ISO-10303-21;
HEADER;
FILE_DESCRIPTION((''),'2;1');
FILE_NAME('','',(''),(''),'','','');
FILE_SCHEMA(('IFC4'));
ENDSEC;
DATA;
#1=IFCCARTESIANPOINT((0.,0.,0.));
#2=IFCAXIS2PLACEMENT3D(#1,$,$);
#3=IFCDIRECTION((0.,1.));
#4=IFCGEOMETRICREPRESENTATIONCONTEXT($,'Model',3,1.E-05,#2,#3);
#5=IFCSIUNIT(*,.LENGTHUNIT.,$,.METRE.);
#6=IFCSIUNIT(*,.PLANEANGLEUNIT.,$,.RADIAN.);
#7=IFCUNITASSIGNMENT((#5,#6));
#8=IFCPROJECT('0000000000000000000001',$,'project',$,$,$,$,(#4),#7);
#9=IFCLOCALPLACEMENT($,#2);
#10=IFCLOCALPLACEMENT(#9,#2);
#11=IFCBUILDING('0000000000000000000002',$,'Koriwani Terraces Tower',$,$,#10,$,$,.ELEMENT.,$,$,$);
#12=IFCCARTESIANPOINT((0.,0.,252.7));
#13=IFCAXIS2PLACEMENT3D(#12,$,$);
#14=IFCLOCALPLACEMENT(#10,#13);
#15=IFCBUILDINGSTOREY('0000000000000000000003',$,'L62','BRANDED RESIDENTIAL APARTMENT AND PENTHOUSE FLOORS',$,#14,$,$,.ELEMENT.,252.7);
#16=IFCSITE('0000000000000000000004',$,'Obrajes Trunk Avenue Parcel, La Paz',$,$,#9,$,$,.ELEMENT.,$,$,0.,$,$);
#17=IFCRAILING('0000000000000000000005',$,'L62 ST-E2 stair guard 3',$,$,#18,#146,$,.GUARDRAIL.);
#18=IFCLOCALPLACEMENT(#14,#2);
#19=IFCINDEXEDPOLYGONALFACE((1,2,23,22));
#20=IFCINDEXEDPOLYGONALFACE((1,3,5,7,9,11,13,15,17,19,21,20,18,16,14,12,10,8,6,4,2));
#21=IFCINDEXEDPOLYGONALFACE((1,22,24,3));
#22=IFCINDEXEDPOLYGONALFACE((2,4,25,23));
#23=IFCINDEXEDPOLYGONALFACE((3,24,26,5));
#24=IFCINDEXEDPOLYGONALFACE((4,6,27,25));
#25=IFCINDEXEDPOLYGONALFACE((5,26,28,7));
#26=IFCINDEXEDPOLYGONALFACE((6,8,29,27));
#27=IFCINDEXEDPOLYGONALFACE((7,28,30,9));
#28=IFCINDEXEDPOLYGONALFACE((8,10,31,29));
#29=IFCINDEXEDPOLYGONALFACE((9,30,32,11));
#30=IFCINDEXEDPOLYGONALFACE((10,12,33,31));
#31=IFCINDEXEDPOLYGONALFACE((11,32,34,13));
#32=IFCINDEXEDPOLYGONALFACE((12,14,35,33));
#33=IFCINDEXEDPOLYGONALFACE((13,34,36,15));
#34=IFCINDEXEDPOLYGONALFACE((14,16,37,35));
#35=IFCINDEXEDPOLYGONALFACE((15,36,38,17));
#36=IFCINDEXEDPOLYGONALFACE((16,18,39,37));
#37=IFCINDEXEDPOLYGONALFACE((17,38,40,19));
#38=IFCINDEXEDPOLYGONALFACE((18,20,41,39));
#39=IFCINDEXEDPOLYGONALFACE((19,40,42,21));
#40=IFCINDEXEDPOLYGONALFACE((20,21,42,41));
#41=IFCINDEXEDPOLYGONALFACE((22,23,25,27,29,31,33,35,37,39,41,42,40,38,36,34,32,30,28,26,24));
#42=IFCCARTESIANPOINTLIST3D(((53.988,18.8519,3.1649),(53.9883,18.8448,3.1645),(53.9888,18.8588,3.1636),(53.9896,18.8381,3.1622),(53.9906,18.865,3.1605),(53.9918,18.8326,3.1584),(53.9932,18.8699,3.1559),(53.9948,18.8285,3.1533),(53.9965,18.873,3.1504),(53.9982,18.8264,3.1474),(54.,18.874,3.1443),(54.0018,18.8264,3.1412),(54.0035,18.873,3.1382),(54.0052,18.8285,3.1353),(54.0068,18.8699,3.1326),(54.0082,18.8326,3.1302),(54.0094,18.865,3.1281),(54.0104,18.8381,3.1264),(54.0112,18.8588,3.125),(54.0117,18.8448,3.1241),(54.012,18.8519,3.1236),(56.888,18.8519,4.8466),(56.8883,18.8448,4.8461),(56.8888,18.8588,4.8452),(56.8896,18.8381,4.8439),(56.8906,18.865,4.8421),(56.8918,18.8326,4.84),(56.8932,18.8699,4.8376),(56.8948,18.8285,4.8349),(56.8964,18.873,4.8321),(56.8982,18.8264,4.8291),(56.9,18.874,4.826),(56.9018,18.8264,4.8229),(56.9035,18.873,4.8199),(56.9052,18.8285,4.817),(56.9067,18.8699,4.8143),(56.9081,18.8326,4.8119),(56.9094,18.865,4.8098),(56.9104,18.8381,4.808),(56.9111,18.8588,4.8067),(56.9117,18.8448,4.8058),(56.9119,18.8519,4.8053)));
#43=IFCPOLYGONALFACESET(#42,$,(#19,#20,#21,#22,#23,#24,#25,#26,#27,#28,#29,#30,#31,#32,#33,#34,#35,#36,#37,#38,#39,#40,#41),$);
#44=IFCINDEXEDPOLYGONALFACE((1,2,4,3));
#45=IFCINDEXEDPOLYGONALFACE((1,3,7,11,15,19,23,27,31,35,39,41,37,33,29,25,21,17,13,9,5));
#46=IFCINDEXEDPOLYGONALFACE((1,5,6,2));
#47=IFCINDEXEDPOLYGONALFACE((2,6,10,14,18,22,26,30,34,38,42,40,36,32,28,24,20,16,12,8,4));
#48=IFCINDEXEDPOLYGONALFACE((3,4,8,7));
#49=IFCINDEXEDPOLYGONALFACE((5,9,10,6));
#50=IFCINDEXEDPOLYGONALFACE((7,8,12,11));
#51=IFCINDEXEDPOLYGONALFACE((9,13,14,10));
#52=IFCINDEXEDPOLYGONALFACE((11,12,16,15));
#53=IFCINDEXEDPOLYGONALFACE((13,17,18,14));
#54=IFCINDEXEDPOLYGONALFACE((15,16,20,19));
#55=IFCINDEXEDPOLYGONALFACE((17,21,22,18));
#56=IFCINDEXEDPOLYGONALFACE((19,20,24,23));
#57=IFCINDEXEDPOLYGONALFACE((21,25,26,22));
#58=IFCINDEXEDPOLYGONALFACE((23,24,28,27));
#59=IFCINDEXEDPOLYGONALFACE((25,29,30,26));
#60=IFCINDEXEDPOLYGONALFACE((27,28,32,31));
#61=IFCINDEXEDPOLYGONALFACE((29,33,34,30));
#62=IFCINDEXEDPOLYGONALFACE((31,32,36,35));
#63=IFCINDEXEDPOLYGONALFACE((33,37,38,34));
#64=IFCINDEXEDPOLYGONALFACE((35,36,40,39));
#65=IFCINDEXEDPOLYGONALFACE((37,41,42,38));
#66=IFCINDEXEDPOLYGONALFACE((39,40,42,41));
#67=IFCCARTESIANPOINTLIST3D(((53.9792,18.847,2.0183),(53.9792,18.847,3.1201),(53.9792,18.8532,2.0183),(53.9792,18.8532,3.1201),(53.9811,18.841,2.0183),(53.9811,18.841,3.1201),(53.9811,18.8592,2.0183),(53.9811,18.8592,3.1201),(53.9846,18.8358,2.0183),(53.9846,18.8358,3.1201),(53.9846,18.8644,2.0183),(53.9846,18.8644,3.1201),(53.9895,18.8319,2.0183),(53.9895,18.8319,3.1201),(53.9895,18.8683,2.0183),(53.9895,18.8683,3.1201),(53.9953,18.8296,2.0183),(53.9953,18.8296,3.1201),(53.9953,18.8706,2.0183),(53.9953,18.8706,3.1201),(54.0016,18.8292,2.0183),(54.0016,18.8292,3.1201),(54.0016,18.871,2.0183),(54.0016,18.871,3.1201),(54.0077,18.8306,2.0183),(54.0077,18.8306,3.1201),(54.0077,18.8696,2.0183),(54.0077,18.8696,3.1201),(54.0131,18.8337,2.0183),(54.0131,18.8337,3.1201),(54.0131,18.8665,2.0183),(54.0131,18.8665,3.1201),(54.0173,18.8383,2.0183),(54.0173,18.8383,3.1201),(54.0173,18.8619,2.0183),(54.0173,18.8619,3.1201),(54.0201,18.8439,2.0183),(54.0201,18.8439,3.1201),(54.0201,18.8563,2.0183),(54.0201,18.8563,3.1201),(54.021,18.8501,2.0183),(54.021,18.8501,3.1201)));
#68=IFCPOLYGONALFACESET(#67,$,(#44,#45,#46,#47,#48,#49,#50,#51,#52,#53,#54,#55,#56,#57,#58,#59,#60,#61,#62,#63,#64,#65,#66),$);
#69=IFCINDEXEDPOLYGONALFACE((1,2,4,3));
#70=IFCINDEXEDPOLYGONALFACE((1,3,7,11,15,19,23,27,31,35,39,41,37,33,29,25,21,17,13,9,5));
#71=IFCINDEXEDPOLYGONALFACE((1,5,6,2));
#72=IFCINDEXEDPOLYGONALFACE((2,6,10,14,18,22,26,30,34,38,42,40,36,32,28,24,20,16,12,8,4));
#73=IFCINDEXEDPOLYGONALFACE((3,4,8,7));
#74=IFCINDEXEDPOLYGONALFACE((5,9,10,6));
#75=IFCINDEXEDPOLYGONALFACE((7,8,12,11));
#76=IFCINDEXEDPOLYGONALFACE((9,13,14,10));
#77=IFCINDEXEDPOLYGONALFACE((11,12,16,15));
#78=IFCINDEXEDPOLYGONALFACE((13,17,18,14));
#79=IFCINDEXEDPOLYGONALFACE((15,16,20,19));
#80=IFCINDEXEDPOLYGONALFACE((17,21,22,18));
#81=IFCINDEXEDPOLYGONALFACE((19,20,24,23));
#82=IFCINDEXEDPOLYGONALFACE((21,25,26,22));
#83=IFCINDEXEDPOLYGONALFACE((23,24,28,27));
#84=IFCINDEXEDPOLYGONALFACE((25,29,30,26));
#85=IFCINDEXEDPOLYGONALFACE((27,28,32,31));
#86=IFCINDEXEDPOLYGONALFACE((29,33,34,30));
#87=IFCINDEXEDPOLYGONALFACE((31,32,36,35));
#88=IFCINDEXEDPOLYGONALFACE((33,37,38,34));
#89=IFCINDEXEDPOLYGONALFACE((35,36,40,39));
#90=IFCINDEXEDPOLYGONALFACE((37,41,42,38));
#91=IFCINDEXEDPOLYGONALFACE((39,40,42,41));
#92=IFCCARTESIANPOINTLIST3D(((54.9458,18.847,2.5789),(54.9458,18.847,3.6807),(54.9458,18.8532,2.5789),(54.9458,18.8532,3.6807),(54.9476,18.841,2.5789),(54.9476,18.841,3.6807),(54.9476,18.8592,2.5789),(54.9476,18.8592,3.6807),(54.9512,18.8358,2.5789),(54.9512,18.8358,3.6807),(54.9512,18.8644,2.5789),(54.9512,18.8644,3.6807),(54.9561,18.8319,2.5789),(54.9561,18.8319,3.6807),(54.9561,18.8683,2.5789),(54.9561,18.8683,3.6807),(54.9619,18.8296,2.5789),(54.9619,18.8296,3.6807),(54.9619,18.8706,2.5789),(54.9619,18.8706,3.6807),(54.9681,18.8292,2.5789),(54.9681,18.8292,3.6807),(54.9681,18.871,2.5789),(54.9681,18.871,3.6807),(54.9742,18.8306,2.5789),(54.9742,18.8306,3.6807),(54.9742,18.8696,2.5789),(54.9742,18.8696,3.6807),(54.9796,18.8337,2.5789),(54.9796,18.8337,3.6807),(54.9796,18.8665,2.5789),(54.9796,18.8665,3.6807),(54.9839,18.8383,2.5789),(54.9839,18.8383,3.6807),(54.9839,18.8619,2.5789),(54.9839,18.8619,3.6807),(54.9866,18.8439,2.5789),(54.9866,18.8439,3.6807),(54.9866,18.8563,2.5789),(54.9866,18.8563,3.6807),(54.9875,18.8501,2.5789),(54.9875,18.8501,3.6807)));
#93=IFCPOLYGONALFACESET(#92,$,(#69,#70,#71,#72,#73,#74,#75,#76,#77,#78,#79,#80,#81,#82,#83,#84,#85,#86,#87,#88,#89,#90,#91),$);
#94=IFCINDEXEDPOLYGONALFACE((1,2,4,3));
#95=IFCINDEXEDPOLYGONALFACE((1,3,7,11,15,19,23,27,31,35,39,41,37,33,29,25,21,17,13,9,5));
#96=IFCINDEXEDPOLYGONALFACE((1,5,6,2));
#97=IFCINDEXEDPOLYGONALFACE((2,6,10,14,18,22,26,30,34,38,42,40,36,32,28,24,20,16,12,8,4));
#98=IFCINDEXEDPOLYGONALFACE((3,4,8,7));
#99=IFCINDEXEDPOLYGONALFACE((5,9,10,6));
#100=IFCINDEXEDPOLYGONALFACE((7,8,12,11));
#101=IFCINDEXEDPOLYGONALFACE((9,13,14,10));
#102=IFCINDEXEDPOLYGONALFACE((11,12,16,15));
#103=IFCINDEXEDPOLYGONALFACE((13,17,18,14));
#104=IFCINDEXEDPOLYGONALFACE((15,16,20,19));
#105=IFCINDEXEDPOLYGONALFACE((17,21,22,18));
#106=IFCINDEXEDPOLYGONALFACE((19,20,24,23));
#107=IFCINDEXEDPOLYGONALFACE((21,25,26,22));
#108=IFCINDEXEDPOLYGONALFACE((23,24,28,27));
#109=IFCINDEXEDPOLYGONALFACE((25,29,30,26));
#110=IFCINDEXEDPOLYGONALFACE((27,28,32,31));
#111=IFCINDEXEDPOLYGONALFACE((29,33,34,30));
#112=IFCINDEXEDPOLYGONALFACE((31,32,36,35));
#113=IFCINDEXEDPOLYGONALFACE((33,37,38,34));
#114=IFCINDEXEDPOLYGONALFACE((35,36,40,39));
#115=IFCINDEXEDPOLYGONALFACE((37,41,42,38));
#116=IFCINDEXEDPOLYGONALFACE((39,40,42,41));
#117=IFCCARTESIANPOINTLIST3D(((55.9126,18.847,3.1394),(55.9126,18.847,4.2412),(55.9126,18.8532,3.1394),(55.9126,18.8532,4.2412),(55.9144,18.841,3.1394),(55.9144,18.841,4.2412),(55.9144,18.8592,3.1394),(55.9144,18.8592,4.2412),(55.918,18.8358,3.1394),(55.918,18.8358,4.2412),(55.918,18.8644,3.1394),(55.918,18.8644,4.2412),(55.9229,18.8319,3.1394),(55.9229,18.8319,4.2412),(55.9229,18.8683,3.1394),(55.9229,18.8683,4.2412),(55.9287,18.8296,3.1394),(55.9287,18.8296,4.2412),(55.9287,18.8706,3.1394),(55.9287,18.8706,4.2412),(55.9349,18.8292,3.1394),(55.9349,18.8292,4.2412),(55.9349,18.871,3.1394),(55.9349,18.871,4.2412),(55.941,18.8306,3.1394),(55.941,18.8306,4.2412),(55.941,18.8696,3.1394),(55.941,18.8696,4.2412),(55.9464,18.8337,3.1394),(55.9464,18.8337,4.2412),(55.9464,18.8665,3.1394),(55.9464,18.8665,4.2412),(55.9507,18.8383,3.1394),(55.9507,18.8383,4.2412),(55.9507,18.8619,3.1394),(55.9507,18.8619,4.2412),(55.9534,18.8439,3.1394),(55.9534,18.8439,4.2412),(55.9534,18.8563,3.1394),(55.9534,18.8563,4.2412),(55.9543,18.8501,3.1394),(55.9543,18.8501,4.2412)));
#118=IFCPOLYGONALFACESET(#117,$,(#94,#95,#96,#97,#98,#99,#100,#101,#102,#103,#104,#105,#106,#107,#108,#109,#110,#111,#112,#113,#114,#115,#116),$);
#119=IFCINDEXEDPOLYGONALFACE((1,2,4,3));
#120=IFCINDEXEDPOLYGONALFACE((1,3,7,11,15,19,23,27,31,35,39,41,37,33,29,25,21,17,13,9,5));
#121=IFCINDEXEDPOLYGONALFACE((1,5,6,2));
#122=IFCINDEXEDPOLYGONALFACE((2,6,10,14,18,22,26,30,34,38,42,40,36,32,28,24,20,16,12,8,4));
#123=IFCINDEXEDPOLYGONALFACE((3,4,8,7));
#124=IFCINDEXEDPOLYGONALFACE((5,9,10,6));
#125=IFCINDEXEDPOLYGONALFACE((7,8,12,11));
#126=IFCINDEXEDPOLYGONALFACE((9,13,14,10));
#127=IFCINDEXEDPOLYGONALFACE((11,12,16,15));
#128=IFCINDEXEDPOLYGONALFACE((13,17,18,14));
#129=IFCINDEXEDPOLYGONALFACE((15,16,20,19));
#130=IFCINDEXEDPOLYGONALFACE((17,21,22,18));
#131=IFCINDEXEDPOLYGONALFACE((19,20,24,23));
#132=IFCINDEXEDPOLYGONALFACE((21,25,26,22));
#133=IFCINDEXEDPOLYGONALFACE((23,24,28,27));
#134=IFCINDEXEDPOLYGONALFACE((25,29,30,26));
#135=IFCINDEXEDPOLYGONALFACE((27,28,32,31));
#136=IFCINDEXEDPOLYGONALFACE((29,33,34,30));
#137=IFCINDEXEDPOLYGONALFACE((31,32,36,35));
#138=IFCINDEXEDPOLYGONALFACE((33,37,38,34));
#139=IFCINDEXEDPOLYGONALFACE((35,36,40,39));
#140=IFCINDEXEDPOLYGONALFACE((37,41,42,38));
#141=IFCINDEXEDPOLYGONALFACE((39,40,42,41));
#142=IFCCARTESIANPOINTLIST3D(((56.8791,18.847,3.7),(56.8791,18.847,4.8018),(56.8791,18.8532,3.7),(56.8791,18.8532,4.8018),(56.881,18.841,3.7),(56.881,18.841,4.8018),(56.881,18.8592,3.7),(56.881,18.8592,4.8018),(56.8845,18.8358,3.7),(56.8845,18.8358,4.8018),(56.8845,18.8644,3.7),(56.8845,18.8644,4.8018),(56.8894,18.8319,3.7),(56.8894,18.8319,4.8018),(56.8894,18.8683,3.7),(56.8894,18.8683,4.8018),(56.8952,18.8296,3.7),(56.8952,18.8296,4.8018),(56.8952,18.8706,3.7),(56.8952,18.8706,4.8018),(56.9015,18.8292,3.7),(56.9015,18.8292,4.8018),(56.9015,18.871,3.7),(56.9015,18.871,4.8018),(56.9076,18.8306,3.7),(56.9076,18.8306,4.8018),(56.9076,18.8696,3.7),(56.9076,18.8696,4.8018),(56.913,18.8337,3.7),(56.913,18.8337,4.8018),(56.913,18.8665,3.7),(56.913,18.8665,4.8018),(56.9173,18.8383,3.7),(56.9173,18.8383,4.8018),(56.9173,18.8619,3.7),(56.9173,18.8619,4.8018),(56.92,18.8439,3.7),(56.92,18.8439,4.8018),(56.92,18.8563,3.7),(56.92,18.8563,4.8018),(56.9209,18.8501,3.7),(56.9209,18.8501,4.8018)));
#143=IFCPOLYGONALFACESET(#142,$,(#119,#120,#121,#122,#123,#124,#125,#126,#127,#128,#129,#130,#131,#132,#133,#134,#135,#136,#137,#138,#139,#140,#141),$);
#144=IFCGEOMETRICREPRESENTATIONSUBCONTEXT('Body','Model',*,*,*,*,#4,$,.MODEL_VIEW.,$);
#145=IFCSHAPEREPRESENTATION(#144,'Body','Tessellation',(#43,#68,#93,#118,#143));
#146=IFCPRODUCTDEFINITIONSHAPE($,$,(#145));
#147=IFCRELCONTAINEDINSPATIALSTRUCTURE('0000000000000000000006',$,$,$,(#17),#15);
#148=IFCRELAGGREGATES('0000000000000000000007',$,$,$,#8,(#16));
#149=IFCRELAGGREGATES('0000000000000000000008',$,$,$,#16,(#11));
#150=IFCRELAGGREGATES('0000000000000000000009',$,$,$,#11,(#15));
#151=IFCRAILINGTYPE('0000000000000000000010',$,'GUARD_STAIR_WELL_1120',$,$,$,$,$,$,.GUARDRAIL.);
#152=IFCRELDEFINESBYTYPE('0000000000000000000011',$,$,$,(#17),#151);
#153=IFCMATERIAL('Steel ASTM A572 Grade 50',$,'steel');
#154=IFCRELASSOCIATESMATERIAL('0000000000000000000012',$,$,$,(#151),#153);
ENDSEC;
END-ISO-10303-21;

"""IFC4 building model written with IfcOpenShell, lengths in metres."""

from ifc_helpers import new_model, si_unit, direction, frame, origin, origin_2d, place, context, subcontext, project, spatial, circle, extrude, material, type_object, element, save


model = new_model("IFC4")

# Units and contexts
model_context = context("Model", 3, precision=1e-05, world=origin(), true_north=direction((0.0, 1.0)))
body_context = subcontext(model_context, "Body", "Model", "MODEL_VIEW")
ifc_project = project(units=[si_unit("LENGTHUNIT", "METRE"), si_unit("PLANEANGLEUNIT", "RADIAN")], contexts=[model_context])

# Site, building, storey
site_placement = place(None, origin())
site = spatial("IfcSite", under=ifc_project, at=site_placement, Name="Obrajes Trunk Avenue Parcel, La Paz", CompositionType="ELEMENT", RefElevation=0.0)
building_placement = place(site_placement, origin())
building = spatial("IfcBuilding", under=site, at=building_placement, Name="Koriwani Terraces Tower", CompositionType="ELEMENT")
storey_placement = place(building_placement, frame((0.0, 0.0, 252.7)))
storey = spatial("IfcBuildingStorey", under=building, at=storey_placement, Name="L62", Description="BRANDED RESIDENTIAL APARTMENT AND PENTHOUSE FLOORS", CompositionType="ELEMENT", Elevation=252.7)

# Shared definitions
ifc_material_1 = material(Name="Steel ASTM A572 Grade 50", Category="steel")

# Railing
railing_type_1 = type_object("IfcRailingType", Name="GUARD_STAIR_WELL_1120", PredefinedType="GUARDRAIL", material=ifc_material_1)
railing_1_placement = place(storey_placement, frame((54.0, 18.8501, 2.0183)))
element("IfcRailing", 1, at=railing_1_placement, inside=storey, type_object=railing_type_1, Name="L62 ST-E2 stair guard 3", PredefinedType="GUARDRAIL", context=body_context, shape_type="SweptSolid", body=[
    extrude(circle(Radius=0.0239, at=origin_2d()), frame((0.0, 0.0, 1.126), z_axis=(0.86507, 0.0, 0.501651), x_axis=(0.0, 1.0, 0.0)), (0.0, 0.0, 1.0), 3.3523),
    extrude(circle(Radius=0.021, at=origin_2d()), origin(), (0.0, 0.0, 1.0), 1.1018),
    extrude(circle(Radius=0.021, at=origin_2d()), frame((0.9666, 0.0, 0.5605)), (0.0, 0.0, 1.0), 1.1018),
    extrude(circle(Radius=0.021, at=origin_2d()), frame((1.9333, 0.0, 1.1211)), (0.0, 0.0, 1.0), 1.1018),
    extrude(circle(Radius=0.021, at=origin_2d()), frame((2.8999, 0.0, 1.6816)), (0.0, 0.0, 1.0), 1.1018),
])

save(model, "model.ifc")
